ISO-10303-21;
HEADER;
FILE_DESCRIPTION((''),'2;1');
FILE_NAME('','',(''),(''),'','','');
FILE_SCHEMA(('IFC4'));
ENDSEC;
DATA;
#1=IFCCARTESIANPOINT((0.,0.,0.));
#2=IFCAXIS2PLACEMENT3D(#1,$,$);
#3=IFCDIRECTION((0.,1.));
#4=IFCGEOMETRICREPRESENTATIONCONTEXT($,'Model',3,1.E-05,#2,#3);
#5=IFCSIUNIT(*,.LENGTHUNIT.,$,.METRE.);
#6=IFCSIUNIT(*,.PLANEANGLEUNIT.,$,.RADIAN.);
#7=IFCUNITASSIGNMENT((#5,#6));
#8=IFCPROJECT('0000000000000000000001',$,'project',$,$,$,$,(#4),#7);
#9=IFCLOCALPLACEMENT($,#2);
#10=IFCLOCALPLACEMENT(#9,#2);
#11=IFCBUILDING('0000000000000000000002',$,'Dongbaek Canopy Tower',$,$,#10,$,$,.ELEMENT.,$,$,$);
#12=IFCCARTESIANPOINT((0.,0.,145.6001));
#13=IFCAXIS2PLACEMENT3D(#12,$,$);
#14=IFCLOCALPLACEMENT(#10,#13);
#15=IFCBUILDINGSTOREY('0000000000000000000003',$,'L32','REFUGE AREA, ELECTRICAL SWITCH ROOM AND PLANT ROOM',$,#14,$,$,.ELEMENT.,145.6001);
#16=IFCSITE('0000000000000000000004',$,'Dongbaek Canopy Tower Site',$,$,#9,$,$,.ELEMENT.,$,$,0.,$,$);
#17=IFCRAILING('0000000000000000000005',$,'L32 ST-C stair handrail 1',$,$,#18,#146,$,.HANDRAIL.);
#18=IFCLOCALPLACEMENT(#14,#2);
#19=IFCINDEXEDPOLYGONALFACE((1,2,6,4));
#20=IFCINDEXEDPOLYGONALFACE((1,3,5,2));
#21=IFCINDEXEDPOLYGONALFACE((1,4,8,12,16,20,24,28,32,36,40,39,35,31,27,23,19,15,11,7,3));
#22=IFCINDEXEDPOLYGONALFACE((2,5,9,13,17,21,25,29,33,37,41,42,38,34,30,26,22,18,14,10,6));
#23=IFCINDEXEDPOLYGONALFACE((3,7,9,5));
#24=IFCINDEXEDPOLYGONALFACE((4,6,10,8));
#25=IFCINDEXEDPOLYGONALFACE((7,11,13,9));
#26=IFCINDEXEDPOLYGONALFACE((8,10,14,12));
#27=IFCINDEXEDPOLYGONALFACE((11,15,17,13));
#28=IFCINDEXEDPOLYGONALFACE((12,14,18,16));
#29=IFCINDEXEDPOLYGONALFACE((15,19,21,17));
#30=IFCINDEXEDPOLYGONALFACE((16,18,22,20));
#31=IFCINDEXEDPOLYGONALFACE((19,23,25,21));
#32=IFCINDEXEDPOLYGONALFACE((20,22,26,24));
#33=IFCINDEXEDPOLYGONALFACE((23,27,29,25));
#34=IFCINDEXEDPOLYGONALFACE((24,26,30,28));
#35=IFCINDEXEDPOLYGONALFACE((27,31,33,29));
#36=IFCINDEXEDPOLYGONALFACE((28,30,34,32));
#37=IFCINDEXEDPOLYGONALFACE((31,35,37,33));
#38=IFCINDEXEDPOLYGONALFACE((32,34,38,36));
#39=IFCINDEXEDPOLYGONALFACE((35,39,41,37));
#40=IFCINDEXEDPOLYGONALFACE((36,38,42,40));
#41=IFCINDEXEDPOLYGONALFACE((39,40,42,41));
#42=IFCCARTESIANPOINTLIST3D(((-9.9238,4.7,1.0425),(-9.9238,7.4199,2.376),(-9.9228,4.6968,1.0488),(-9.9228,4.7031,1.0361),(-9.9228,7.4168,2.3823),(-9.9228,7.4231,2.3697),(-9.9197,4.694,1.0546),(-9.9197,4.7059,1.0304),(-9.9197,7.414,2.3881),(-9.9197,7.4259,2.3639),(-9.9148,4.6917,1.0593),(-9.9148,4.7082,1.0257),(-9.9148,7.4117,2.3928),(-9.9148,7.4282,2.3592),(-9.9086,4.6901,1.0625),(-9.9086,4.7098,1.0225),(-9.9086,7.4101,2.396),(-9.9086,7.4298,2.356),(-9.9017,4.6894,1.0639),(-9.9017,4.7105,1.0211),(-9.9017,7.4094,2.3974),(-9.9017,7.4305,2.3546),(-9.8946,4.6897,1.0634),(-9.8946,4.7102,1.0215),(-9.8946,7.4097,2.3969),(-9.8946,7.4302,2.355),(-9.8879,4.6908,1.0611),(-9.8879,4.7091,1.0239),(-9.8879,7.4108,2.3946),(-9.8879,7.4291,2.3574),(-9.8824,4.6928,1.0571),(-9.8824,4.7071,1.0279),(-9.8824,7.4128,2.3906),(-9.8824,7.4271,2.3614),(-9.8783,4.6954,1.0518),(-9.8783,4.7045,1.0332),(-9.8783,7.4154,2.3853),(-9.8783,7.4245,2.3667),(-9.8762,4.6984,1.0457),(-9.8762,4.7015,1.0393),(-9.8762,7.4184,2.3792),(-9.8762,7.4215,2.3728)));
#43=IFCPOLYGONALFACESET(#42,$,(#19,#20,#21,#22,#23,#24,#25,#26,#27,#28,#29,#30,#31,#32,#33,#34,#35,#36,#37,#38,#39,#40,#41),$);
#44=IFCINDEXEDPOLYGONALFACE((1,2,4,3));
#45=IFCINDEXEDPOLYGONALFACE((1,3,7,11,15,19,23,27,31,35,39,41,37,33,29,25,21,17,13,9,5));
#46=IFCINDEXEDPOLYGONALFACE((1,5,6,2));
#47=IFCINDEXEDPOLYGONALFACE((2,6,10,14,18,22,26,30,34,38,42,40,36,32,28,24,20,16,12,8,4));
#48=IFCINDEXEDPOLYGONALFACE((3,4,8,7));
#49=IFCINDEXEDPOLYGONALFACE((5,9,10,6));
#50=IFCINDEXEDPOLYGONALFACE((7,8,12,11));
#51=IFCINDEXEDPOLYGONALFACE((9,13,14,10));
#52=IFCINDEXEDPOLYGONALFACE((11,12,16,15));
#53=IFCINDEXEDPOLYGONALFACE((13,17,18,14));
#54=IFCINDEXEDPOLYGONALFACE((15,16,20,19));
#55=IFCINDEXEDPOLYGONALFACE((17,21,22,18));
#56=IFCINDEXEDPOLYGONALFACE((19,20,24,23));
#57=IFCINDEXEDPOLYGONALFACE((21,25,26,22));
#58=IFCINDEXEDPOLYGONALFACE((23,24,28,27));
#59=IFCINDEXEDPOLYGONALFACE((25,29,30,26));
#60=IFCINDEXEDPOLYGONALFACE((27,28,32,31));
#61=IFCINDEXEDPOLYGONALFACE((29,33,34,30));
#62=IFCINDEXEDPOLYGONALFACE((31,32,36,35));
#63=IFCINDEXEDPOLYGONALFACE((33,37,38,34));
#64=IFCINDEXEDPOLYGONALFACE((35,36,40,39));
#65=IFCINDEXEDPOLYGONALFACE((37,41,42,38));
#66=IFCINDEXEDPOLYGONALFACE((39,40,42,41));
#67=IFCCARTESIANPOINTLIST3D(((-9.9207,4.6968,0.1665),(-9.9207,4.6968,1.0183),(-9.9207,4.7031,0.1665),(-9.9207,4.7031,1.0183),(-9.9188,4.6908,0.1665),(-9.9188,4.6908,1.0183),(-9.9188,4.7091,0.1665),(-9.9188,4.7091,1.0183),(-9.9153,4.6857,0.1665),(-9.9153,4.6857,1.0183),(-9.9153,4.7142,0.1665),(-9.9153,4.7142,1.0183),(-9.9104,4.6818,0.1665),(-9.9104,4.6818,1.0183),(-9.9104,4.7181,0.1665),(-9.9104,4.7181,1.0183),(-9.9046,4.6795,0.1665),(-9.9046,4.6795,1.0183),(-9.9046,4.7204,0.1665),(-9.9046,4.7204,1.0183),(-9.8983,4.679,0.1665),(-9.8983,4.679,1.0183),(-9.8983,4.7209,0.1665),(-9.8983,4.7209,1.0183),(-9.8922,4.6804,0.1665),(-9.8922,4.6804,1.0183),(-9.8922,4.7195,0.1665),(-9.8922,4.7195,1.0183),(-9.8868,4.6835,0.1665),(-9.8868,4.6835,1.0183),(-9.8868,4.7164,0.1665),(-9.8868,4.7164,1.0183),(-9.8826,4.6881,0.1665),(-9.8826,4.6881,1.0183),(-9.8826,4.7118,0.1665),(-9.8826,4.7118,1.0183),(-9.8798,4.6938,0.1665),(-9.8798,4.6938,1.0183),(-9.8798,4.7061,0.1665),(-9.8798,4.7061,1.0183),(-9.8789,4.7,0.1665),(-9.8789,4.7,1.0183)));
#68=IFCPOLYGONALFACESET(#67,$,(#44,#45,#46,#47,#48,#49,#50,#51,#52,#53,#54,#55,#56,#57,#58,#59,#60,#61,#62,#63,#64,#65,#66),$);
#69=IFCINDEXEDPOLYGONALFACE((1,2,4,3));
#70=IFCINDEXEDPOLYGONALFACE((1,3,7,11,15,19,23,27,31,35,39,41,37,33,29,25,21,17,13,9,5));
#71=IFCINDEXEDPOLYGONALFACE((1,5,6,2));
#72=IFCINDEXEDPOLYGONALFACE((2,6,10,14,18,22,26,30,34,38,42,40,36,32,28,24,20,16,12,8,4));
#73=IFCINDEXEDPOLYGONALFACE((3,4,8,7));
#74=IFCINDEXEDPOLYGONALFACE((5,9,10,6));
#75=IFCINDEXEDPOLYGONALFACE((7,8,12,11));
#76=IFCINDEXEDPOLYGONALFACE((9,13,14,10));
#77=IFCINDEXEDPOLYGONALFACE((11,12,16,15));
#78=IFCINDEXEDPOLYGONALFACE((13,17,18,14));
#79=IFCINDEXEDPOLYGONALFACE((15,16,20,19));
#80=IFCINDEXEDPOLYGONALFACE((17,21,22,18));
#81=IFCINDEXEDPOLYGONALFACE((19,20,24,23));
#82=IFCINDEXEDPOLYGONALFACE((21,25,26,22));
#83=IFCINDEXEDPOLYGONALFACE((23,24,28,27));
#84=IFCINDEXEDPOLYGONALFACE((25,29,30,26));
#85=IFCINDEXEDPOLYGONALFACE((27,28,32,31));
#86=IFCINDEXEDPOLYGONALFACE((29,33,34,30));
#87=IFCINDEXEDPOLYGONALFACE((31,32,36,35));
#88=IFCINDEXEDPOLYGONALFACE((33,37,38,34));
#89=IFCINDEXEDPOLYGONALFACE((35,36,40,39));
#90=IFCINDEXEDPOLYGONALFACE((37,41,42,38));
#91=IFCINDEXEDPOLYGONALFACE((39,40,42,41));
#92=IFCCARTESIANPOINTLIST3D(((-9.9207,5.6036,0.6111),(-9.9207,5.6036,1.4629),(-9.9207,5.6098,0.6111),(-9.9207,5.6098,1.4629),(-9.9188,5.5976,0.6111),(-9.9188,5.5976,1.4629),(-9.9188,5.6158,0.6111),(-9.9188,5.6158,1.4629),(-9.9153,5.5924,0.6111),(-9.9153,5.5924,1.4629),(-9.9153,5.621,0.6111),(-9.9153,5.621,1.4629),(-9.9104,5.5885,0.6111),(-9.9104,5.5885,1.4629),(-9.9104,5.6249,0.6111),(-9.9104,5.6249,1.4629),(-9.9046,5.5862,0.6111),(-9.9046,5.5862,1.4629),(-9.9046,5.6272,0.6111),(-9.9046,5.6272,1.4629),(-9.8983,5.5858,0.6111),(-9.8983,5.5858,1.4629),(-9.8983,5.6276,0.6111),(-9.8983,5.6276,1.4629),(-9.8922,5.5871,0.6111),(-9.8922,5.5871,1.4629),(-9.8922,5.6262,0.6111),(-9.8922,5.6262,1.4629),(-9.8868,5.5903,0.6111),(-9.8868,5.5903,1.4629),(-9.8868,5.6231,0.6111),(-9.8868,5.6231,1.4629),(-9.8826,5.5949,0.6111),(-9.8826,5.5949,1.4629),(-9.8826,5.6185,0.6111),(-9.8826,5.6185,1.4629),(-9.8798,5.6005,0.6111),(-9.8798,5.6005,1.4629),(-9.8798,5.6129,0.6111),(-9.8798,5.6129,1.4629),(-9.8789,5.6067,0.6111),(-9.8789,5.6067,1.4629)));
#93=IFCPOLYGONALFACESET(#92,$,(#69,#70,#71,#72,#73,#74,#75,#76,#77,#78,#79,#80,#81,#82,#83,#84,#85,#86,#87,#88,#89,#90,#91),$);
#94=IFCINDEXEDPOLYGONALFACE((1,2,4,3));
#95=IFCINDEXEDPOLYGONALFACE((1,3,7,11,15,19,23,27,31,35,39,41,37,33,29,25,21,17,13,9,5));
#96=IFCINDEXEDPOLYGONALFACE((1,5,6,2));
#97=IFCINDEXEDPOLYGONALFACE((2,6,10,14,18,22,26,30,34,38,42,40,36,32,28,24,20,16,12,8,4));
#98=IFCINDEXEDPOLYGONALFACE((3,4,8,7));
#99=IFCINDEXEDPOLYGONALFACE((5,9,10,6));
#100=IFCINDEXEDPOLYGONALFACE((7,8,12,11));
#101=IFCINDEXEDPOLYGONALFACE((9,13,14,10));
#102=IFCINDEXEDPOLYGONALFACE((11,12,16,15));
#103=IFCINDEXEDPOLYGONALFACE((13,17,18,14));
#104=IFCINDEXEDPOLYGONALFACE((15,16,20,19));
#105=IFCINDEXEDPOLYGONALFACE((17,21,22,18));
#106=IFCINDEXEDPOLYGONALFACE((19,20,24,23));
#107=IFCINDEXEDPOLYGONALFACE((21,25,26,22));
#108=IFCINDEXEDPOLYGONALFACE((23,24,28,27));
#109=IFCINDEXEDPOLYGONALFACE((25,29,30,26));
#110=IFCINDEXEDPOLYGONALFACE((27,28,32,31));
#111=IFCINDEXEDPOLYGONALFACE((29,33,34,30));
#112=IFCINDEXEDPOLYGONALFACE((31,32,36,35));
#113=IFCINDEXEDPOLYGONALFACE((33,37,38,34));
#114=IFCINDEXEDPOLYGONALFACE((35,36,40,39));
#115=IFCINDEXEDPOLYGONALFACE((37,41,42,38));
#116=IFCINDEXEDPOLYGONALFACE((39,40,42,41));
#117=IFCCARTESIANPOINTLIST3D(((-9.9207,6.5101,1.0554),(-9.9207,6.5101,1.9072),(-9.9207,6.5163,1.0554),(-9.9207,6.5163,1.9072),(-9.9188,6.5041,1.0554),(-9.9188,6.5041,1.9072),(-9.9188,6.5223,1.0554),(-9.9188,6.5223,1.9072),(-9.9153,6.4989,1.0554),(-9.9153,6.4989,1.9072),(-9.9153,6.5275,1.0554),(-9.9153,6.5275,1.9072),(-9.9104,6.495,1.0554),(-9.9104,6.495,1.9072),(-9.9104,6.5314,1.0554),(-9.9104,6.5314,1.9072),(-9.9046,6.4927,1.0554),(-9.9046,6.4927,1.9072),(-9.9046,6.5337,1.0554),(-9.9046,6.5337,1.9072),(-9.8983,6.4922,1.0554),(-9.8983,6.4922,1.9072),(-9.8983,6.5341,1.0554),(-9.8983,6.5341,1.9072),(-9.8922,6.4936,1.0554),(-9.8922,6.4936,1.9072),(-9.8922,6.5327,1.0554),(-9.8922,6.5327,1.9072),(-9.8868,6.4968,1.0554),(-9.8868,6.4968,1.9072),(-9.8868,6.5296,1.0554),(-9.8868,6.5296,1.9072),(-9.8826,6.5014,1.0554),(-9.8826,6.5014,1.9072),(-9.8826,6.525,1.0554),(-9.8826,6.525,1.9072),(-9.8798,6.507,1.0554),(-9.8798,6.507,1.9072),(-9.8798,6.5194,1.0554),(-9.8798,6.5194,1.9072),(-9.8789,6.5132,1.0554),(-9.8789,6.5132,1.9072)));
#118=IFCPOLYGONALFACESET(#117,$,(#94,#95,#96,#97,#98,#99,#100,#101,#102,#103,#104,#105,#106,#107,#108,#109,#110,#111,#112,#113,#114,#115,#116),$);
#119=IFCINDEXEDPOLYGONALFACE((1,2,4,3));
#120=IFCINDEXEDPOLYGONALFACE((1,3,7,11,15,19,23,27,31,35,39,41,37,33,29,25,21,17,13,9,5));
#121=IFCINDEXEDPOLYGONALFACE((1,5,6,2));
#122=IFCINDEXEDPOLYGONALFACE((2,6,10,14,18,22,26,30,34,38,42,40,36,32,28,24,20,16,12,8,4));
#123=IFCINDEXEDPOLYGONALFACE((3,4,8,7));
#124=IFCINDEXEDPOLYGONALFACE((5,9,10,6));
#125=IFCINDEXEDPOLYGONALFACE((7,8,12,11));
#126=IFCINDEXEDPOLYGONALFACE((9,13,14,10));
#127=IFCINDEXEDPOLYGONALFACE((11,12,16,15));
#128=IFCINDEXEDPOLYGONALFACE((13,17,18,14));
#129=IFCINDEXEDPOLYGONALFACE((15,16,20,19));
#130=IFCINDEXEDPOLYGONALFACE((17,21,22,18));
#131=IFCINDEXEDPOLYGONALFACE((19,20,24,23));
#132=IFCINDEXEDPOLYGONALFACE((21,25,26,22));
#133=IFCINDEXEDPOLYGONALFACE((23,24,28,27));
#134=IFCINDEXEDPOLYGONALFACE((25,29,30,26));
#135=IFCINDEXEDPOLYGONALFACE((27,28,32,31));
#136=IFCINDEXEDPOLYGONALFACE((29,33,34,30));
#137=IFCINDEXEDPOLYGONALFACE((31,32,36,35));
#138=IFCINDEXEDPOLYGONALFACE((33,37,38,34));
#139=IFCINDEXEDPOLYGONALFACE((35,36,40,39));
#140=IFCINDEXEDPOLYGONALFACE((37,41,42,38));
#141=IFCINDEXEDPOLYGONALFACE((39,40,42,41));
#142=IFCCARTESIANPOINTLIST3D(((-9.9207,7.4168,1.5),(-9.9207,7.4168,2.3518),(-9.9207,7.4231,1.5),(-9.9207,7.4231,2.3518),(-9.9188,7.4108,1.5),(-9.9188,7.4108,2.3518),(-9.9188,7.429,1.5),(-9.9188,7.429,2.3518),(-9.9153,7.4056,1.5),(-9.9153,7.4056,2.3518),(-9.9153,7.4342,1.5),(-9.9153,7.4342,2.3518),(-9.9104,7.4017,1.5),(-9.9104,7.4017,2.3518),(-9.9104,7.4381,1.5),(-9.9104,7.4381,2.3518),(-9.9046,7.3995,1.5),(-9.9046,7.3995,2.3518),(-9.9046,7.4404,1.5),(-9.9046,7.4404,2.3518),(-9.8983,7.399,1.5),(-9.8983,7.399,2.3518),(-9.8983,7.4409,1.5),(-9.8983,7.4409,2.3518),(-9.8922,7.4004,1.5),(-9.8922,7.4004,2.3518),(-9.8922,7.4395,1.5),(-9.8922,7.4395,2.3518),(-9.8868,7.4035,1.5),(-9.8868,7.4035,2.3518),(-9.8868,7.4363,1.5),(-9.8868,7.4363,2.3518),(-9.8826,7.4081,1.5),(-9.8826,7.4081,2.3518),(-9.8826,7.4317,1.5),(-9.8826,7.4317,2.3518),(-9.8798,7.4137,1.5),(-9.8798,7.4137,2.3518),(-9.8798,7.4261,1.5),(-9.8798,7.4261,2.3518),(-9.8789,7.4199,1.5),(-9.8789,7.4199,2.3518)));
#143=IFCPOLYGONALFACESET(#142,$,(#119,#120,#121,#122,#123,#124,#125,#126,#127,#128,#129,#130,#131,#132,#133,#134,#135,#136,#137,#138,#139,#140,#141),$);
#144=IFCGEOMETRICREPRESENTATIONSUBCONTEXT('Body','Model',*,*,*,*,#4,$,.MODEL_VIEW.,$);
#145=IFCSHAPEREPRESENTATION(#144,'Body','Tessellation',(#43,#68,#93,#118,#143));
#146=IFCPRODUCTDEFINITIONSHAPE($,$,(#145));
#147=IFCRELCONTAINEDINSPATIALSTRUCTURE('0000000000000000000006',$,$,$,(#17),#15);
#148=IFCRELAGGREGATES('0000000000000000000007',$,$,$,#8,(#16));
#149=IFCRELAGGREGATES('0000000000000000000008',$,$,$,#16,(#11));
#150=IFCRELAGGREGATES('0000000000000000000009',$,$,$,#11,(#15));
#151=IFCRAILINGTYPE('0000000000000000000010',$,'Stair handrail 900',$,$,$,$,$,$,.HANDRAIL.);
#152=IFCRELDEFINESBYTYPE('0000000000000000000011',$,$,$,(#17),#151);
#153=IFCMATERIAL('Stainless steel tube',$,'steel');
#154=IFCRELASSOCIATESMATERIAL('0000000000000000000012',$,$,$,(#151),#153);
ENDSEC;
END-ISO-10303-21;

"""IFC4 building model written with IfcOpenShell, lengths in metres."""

from ifc_helpers import new_model, si_unit, direction, frame, origin, origin_2d, place, context, subcontext, project, spatial, circle, extrude, material, type_object, element, save


model = new_model("IFC4")

# Units and contexts
model_context = context("Model", 3, precision=1e-05, world=origin(), true_north=direction((0.0, 1.0)))
body_context = subcontext(model_context, "Body", "Model", "MODEL_VIEW")
ifc_project = project(units=[si_unit("LENGTHUNIT", "METRE"), si_unit("PLANEANGLEUNIT", "RADIAN")], contexts=[model_context])

# Site, building, storey
site_placement = place(None, origin())
site = spatial("IfcSite", under=ifc_project, at=site_placement, Name="Dongbaek Canopy Tower Site", CompositionType="ELEMENT", RefElevation=0.0)
building_placement = place(site_placement, origin())
building = spatial("IfcBuilding", under=site, at=building_placement, Name="Dongbaek Canopy Tower", CompositionType="ELEMENT")
storey_placement = place(building_placement, frame((0.0, 0.0, 145.6001)))
storey = spatial("IfcBuildingStorey", under=building, at=storey_placement, Name="L32", Description="REFUGE AREA, ELECTRICAL SWITCH ROOM AND PLANT ROOM", CompositionType="ELEMENT", Elevation=145.6001)

# Railing
ifc_material_1 = material(Name="Stainless steel tube", Category="steel")
railing_type = type_object("IfcRailingType", Name="Stair handrail 900", PredefinedType="HANDRAIL", material=ifc_material_1)
for number, where, name in (
    (1, (-9.8999, 4.7, 0.1665), "L32 ST-C stair handrail 1"),
):
    element("IfcRailing", number, at=place(storey_placement, frame(where)), inside=storey, type_object=railing_type, Name=name, PredefinedType="HANDRAIL", context=body_context, shape_type="SweptSolid", body=[
        extrude(circle(Radius=0.0239, at=origin_2d()), frame((0.0, 0.0, 0.876), z_axis=(0.0, 0.897898, 0.440204), x_axis=(-1.0, 0.0, 0.0)), (0.0, 0.0, 1.0), 3.0293),
        extrude(circle(Radius=0.021, at=origin_2d()), origin(), (0.0, 0.0, 1.0), 0.8518),
        extrude(circle(Radius=0.021, at=origin_2d()), frame((0.0, 0.9067, 0.4446)), (0.0, 0.0, 1.0), 0.8518),
        extrude(circle(Radius=0.021, at=origin_2d()), frame((0.0, 1.8132, 0.8889)), (0.0, 0.0, 1.0), 0.8518),
        extrude(circle(Radius=0.021, at=origin_2d()), frame((0.0, 2.72, 1.3335)), (0.0, 0.0, 1.0), 0.8518),
    ])

save(model, "model.ifc")
